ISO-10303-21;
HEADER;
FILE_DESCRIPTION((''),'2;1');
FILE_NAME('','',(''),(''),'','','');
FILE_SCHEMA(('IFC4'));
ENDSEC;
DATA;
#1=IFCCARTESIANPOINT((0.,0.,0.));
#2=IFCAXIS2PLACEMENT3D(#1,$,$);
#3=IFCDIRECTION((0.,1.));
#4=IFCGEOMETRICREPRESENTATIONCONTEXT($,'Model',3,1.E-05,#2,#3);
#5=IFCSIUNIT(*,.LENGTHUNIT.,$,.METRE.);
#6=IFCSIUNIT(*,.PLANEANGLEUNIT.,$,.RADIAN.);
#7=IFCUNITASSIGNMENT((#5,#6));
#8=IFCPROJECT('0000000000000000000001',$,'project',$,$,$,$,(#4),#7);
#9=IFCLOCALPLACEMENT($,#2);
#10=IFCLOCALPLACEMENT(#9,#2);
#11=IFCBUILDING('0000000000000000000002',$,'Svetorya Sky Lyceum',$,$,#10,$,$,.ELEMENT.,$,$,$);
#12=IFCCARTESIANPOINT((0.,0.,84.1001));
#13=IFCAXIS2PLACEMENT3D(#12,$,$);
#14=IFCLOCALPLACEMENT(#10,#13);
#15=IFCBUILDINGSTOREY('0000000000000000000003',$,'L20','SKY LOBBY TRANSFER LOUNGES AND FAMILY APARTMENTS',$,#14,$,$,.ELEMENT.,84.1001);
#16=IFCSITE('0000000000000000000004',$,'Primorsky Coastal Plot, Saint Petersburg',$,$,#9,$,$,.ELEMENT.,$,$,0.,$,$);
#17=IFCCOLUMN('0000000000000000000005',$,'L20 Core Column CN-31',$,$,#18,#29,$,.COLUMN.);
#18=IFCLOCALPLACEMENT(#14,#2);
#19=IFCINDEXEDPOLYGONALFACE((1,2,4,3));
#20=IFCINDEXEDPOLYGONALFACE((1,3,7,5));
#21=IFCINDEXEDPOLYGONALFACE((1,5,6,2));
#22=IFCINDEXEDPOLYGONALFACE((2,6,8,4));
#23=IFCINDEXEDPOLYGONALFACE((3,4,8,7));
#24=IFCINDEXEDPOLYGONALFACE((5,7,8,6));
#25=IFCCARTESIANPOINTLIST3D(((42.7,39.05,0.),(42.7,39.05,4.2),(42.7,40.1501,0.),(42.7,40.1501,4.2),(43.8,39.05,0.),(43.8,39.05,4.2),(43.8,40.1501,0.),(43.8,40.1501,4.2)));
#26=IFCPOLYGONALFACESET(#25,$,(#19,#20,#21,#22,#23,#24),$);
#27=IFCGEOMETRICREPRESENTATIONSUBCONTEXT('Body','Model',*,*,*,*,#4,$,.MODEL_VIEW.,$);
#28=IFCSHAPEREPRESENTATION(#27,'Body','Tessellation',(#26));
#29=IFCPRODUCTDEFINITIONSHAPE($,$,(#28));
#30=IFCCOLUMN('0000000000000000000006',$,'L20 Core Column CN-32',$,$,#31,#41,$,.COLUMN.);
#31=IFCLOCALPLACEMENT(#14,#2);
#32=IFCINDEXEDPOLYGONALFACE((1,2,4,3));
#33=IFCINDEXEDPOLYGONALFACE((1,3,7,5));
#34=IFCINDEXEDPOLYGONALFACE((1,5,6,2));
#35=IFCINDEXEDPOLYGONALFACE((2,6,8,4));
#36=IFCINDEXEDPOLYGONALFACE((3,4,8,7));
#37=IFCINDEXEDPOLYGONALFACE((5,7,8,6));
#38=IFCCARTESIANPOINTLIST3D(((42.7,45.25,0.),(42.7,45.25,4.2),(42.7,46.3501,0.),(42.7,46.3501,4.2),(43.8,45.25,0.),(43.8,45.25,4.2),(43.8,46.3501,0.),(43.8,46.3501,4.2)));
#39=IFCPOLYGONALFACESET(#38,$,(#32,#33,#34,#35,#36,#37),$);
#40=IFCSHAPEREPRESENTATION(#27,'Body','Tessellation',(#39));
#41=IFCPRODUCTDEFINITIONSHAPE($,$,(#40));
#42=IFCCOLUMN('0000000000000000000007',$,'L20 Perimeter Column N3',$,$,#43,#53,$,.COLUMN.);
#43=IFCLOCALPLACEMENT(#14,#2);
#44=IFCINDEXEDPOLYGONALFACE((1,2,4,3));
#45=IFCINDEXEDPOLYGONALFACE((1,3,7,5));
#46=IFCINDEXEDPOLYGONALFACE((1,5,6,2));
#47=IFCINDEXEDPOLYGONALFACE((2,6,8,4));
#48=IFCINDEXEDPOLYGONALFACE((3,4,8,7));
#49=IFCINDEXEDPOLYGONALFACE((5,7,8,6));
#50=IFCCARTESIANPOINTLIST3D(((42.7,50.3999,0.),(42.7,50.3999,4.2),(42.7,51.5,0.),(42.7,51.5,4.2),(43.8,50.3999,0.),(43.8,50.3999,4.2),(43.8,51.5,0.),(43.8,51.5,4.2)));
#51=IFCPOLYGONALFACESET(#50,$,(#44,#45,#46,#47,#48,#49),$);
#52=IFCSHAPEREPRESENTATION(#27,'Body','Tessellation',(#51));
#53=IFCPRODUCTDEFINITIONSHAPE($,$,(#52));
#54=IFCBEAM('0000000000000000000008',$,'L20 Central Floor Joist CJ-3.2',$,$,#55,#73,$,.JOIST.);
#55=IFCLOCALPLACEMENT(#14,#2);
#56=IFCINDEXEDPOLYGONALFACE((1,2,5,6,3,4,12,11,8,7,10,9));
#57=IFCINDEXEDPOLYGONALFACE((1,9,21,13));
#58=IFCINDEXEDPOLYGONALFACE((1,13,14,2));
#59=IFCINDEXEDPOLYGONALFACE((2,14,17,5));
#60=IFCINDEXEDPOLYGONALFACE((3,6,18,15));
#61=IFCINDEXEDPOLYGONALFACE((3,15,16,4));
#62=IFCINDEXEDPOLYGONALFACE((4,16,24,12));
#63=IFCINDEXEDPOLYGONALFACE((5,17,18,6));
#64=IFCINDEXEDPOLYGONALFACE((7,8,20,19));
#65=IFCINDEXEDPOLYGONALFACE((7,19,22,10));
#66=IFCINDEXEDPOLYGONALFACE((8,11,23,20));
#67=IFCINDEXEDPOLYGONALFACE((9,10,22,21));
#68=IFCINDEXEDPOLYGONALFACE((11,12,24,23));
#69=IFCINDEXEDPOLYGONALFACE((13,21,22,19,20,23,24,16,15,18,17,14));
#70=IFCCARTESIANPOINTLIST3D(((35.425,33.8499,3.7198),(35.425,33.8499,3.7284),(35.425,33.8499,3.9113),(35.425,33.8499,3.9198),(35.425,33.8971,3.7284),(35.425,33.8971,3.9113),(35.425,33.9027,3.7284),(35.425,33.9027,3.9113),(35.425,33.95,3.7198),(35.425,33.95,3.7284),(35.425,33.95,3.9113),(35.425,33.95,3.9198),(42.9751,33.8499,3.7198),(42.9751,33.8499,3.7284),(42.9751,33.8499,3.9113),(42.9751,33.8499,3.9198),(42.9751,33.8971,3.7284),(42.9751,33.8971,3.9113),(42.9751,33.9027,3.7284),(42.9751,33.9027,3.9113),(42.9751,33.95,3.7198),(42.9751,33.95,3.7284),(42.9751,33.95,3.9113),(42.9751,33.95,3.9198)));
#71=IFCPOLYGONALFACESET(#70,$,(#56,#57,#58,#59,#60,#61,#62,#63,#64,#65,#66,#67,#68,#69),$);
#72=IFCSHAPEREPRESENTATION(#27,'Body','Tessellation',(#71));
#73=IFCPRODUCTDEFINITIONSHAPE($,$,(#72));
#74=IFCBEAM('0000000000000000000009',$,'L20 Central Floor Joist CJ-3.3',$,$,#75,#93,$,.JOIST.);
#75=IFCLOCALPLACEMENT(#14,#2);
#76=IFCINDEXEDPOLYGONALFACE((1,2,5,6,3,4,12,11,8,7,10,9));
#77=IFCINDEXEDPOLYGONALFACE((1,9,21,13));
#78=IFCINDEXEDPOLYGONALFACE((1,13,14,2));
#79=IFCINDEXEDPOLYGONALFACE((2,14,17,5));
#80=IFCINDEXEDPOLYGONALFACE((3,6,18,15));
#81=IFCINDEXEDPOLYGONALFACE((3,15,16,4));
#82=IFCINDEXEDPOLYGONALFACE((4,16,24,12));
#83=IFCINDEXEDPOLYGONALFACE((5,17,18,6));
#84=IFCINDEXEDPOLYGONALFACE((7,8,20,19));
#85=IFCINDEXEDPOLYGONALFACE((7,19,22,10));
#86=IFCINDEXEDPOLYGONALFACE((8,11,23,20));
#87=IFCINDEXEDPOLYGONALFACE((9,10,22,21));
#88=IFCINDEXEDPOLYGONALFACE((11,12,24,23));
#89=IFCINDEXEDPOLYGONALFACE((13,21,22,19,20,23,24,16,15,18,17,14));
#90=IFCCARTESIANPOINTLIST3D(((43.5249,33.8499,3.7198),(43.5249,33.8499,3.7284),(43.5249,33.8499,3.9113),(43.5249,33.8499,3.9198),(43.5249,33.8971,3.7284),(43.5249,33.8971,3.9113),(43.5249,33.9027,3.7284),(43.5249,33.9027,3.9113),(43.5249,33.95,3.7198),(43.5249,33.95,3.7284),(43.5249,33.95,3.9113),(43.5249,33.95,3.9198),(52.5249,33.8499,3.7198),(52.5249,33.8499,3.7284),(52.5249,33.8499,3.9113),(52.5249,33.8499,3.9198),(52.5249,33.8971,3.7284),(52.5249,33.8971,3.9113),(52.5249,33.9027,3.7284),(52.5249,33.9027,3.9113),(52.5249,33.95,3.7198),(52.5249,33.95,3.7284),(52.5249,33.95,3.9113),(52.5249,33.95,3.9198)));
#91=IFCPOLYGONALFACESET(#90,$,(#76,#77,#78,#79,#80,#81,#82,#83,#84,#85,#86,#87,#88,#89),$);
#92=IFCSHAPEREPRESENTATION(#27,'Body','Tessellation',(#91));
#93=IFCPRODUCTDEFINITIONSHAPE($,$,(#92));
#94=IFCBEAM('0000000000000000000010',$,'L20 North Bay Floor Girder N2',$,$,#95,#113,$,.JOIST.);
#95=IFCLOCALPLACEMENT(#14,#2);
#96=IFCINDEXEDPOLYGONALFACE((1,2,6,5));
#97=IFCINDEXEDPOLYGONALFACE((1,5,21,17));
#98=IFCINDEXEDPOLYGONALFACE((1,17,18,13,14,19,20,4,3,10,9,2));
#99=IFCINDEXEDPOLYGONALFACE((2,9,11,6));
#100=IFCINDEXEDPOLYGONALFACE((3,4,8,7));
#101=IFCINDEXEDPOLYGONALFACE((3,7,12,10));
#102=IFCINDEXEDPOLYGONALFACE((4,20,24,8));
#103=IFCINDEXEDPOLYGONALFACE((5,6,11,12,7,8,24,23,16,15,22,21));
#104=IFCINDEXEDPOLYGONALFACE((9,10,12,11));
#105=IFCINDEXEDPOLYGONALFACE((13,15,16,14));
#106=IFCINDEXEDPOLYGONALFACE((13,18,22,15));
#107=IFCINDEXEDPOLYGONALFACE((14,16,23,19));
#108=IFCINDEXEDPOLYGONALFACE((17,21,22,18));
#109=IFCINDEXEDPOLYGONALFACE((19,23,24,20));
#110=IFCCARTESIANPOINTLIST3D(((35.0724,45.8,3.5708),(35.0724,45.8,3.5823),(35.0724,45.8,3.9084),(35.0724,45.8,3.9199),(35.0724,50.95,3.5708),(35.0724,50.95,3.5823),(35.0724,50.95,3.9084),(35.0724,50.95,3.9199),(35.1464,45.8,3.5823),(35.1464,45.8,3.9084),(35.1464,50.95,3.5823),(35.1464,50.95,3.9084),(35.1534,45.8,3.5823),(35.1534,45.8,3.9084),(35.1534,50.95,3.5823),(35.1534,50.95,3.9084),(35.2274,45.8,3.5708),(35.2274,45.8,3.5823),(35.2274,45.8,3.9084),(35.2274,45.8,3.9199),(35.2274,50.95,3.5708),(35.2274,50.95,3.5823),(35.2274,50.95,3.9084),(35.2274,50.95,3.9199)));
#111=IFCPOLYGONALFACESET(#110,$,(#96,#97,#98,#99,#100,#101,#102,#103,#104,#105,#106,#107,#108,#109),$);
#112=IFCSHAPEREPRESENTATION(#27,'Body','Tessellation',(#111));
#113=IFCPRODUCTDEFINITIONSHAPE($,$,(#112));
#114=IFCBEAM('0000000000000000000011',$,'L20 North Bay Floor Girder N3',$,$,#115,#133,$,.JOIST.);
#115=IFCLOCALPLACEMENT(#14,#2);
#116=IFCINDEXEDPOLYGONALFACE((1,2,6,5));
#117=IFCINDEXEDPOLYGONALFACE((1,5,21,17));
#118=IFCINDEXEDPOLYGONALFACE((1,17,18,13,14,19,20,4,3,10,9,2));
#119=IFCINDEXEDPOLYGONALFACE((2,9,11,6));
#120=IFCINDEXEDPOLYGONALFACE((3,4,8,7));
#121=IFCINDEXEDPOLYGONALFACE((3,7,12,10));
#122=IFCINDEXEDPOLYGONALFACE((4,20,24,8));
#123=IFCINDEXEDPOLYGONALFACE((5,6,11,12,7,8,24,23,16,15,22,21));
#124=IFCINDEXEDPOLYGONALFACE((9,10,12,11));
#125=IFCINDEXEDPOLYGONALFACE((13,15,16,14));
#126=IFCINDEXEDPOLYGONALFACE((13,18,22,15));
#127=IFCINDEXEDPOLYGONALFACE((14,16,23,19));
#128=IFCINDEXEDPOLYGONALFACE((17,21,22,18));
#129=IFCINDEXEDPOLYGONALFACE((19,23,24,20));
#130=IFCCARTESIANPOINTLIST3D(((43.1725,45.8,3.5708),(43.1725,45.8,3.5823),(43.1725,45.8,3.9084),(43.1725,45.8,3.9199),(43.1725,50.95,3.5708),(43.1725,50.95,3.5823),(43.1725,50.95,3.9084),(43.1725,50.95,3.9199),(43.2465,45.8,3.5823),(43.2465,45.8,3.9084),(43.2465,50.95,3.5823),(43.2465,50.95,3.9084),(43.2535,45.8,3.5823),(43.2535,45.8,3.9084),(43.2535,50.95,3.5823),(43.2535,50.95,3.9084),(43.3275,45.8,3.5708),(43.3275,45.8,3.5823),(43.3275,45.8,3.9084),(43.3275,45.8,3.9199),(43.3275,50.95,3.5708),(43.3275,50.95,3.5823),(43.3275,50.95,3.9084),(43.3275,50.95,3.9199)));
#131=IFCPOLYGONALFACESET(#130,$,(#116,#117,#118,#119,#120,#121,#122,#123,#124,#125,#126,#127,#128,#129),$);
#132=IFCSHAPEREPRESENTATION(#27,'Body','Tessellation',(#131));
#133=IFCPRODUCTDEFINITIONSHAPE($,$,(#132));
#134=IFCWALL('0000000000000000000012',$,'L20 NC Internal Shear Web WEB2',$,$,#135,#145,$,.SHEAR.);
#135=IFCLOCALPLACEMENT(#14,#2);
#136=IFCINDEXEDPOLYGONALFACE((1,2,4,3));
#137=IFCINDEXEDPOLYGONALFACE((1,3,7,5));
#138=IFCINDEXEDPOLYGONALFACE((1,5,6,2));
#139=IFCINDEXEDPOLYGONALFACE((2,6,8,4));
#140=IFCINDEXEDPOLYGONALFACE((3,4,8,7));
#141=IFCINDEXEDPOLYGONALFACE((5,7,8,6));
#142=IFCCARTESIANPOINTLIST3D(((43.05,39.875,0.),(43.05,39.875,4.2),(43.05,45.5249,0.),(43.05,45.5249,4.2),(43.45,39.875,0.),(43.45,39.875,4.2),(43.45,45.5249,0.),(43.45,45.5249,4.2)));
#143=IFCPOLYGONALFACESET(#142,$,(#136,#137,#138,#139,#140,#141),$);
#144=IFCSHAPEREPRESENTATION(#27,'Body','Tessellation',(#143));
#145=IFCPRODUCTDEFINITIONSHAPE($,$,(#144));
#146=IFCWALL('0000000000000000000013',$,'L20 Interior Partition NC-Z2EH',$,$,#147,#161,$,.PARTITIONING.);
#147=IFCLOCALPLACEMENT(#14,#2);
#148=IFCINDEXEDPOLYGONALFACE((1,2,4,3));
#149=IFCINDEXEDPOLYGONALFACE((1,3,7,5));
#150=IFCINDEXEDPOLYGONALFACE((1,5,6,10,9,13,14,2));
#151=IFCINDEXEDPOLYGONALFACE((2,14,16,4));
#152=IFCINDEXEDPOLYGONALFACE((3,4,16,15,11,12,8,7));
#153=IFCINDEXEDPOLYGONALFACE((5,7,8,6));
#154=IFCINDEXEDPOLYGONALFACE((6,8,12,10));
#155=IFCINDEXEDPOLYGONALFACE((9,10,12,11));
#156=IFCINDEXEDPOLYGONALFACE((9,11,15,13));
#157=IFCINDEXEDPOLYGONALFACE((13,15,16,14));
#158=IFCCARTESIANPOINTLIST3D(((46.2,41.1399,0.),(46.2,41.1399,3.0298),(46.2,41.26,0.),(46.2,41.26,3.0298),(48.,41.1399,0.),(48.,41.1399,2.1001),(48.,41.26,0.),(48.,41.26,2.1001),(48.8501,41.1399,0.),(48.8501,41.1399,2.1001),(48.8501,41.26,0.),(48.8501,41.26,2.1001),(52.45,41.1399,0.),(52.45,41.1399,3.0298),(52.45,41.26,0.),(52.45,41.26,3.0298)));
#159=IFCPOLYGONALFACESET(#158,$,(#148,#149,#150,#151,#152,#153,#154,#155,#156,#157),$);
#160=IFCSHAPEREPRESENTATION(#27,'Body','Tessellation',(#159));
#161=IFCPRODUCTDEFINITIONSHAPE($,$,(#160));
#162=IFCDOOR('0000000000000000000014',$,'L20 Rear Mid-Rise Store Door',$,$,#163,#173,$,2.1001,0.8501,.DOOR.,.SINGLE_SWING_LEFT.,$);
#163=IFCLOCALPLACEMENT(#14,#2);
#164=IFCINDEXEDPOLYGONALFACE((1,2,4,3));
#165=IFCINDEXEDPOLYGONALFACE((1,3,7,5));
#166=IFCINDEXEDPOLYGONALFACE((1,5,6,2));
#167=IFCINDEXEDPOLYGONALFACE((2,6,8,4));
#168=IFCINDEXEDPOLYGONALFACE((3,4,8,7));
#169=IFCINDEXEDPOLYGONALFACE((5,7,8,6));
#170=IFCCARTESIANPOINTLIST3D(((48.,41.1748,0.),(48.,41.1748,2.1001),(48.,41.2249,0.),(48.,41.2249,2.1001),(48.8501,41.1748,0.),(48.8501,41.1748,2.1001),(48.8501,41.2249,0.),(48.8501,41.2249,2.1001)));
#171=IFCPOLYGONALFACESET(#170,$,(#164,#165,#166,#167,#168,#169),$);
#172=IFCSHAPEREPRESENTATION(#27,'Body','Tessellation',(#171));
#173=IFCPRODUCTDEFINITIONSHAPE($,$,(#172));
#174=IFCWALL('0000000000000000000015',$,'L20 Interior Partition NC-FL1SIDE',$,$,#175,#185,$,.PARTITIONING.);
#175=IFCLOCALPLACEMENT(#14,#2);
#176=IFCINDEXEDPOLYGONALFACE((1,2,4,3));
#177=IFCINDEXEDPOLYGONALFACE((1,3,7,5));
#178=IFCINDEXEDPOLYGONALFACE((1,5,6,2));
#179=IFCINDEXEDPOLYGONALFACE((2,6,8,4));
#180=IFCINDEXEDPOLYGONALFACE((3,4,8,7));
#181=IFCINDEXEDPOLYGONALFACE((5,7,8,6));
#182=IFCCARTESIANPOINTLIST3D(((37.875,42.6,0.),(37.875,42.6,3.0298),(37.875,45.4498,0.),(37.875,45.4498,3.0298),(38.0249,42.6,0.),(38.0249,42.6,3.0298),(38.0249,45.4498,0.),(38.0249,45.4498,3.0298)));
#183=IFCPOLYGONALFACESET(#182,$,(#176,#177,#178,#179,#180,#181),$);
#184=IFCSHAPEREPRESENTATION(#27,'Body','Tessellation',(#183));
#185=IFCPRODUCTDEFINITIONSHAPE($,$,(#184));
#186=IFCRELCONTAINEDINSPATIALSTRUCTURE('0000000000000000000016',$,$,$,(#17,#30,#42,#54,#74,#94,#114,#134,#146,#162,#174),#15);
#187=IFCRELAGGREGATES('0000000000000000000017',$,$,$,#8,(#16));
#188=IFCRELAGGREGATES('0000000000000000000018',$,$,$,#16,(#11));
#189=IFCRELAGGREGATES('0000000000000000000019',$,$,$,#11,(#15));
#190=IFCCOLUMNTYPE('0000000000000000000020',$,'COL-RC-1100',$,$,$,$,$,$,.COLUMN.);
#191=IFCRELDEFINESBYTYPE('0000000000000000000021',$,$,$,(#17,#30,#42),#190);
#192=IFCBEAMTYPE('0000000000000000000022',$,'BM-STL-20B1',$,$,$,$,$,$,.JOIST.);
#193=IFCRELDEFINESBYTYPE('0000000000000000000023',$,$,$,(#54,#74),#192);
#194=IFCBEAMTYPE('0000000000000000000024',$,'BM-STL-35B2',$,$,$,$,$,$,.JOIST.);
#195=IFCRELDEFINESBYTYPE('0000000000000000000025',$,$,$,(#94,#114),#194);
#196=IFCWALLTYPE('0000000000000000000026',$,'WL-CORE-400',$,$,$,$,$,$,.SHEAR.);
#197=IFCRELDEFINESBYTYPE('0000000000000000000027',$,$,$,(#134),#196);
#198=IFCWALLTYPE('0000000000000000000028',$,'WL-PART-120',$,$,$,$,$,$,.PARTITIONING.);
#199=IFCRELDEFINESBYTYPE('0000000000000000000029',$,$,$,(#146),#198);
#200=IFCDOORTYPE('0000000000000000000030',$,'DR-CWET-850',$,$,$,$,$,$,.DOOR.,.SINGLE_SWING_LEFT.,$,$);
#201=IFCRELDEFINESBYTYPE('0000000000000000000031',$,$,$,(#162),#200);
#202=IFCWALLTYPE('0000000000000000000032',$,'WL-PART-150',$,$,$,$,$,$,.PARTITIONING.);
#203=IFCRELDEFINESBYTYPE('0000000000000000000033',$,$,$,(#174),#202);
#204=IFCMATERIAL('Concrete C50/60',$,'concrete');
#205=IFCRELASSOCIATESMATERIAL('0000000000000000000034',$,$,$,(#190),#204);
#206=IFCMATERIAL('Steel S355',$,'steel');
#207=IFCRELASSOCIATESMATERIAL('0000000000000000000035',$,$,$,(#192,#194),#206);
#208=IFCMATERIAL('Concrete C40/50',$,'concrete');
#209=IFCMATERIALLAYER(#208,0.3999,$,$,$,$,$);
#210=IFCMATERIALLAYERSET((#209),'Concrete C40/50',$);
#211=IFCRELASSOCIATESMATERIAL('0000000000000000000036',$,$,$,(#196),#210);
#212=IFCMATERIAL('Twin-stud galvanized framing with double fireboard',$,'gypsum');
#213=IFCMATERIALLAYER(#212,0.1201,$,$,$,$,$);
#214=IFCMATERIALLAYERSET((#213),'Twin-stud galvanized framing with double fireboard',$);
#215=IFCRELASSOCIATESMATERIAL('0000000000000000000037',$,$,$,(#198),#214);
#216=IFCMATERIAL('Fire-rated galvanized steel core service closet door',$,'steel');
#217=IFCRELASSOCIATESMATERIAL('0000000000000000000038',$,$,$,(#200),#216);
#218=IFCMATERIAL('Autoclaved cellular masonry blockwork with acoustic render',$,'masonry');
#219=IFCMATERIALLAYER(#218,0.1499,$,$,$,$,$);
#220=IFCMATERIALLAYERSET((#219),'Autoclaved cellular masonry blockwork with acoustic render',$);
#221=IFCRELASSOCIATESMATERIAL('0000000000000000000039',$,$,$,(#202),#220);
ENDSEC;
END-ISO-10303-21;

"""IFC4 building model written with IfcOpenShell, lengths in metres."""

from ifc_helpers import new_model, si_unit, direction, frame, frame_2d, origin, origin_2d, place, context, subcontext, project, spatial, rectangle, i_section, extrude, material, layer, layer_set, material_profile, profile_set, type_object, element, fill, save


model = new_model("IFC4")

# Units and contexts
model_context = context("Model", 3, precision=1e-05, world=origin(), true_north=direction((0.0, 1.0)))
body_context = subcontext(model_context, "Body", "Model", "MODEL_VIEW")
ifc_project = project(units=[si_unit("LENGTHUNIT", "METRE"), si_unit("PLANEANGLEUNIT", "RADIAN")], contexts=[model_context])

# Site, building, storey
site_placement = place(None, origin())
site = spatial("IfcSite", under=ifc_project, at=site_placement, Name="Primorsky Coastal Plot, Saint Petersburg", CompositionType="ELEMENT", RefElevation=0.0)
building_placement = place(site_placement, origin())
building = spatial("IfcBuilding", under=site, at=building_placement, Name="Svetorya Sky Lyceum", CompositionType="ELEMENT")
storey_placement = place(building_placement, frame((0.0, 0.0, 84.1001)))
storey = spatial("IfcBuildingStorey", under=building, at=storey_placement, Name="L20", Description="SKY LOBBY TRANSFER LOUNGES AND FAMILY APARTMENTS", CompositionType="ELEMENT", Elevation=84.1001)

# Columns
ifc_material_1 = material(Name="Concrete C50/60", Category="concrete")
ifc_material_profile_1 = material_profile(ifc_material_1, rectangle(XDim=1.1001, YDim=1.1001, at=origin_2d()), Name="RC COL 1100x1100")
ifc_profile_set_1 = profile_set([ifc_material_profile_1], Name="Concrete C50/60")
column_type = type_object("IfcColumnType", Name="COL-RC-1100", PredefinedType="COLUMN", material=ifc_profile_set_1)
for number, where, z_axis, x_axis, name in (
    (1, (43.25, 39.6001, 0.0), (0.0, 0.0, 1.0), (1.0, 0.0, 0.0), "L20 Core Column CN-31"),
    (2, (43.25, 45.8, 0.0), (0.0, 0.0, 1.0), (1.0, 0.0, 0.0), "L20 Core Column CN-32"),
    (3, (43.25, 50.95, 0.0), (0.0, 0.0, 1.0), (1.0, 0.0, 0.0), "L20 Perimeter Column N3"),
):
    element("IfcColumn", number, at=place(storey_placement, frame(where, z_axis=z_axis, x_axis=x_axis)), inside=storey, type_object=column_type, Name=name, PredefinedType="COLUMN", context=body_context, shape_type="SweptSolid", body=[
        extrude(rectangle(XDim=1.1001, YDim=1.1001, at=origin_2d()), origin(), (0.0, 0.0, 1.0), 4.2),
    ])

# Beams
ifc_material_2 = material(Name="Steel S355", Category="steel")
ifc_material_profile_2 = material_profile(ifc_material_2, i_section(OverallWidth=0.1001, OverallDepth=0.2, WebThickness=0.0056, FlangeThickness=0.0085, at=origin_2d()), Name="GOST 20B1")
ifc_profile_set_2 = profile_set([ifc_material_profile_2], Name="Steel S355")
beam_type_1 = type_object("IfcBeamType", Name="BM-STL-20B1", PredefinedType="JOIST", material=ifc_profile_set_2)
beam_1_placement = place(storey_placement, frame((35.425, 33.8999, 3.8198), z_axis=(1.0, 0.0, 0.0), x_axis=(0.0, 1.0, 0.0)))
element("IfcBeam", 4, at=beam_1_placement, inside=storey, type_object=beam_type_1, Name="L20 Central Floor Joist CJ-3.2", PredefinedType="JOIST", context=body_context, shape_type="SweptSolid", body=[
    extrude(i_section(OverallWidth=0.1001, OverallDepth=0.2, WebThickness=0.0056, FlangeThickness=0.0085, at=origin_2d()), origin(), (0.0, 0.0, 1.0), 7.55),
])
beam_2_placement = place(storey_placement, frame((43.5249, 33.8999, 3.8198), z_axis=(1.0, 0.0, 0.0), x_axis=(0.0, 1.0, 0.0)))
element("IfcBeam", 5, at=beam_2_placement, inside=storey, type_object=beam_type_1, Name="L20 Central Floor Joist CJ-3.3", PredefinedType="JOIST", context=body_context, shape_type="SweptSolid", body=[
    extrude(i_section(OverallWidth=0.1001, OverallDepth=0.2, WebThickness=0.0056, FlangeThickness=0.0085, at=origin_2d()), origin(), (0.0, 0.0, 1.0), 9.0),
])
ifc_material_profile_3 = material_profile(ifc_material_2, i_section(OverallWidth=0.155, OverallDepth=0.3491, WebThickness=0.0071, FlangeThickness=0.0115, at=origin_2d()), Name="GOST 35B2")
ifc_profile_set_3 = profile_set([ifc_material_profile_3], Name="Steel S355")
beam_type_2 = type_object("IfcBeamType", Name="BM-STL-35B2", PredefinedType="JOIST", material=ifc_profile_set_3)
for number, where, z_axis, x_axis, name in (
    (6, (35.1499, 45.8, 3.7454), (0.0, 1.0, 0.0), (-1.0, 0.0, 0.0), "L20 North Bay Floor Girder N2"),
    (7, (43.25, 45.8, 3.7454), (0.0, 1.0, 0.0), (-1.0, 0.0, 0.0), "L20 North Bay Floor Girder N3"),
):
    element("IfcBeam", number, at=place(storey_placement, frame(where, z_axis=z_axis, x_axis=x_axis)), inside=storey, type_object=beam_type_2, Name=name, PredefinedType="JOIST", context=body_context, shape_type="SweptSolid", body=[
        extrude(i_section(OverallWidth=0.155, OverallDepth=0.3491, WebThickness=0.0071, FlangeThickness=0.0115, at=origin_2d()), origin(), (0.0, 0.0, 1.0), 5.1499),
    ])

# Wall
ifc_material_3 = material(Name="Concrete C40/50", Category="concrete")
ifc_layer_1 = layer(ifc_material_3, 0.3999)
ifc_layer_set_1 = layer_set([ifc_layer_1], Name="Concrete C40/50")
wall_type_1 = type_object("IfcWallType", Name="WL-CORE-400", PredefinedType="SHEAR", material=ifc_layer_set_1)
wall_1_placement = place(storey_placement, frame((43.25, 39.875, 0.0), z_axis=(0.0, 0.0, 1.0), x_axis=(0.0, 1.0, 0.0)))
element("IfcWall", 8, at=wall_1_placement, inside=storey, type_object=wall_type_1, Name="L20 NC Internal Shear Web WEB2", PredefinedType="SHEAR", context=body_context, shape_type="SweptSolid", body=[
    extrude(rectangle(XDim=5.6499, YDim=0.3999, at=frame_2d((2.825, 0.0))), origin(), (0.0, 0.0, 1.0), 4.2),
])

# Wall, opening, door
ifc_material_4 = material(Name="Twin-stud galvanized framing with double fireboard", Category="gypsum")
ifc_layer_2 = layer(ifc_material_4, 0.1201)
ifc_layer_set_2 = layer_set([ifc_layer_2], Name="Twin-stud galvanized framing with double fireboard")
wall_type_2 = type_object("IfcWallType", Name="WL-PART-120", PredefinedType="PARTITIONING", material=ifc_layer_set_2)
wall_2_placement = place(storey_placement, frame((46.2, 41.2, 0.0), z_axis=(0.0, 0.0, 1.0), x_axis=(1.0, 0.0, 0.0)))
wall_2 = element("IfcWall", 9, at=wall_2_placement, inside=storey, type_object=wall_type_2, Name="L20 Interior Partition NC-Z2EH", PredefinedType="PARTITIONING", context=body_context, shape_type="SweptSolid", body=[
    extrude(rectangle(XDim=6.25, YDim=0.1201, at=frame_2d((3.125, 0.0))), origin(), (0.0, 0.0, 1.0), 3.0298),
])
opening_1_placement = place(wall_2_placement, frame((1.8, 0.0, 0.0)))
opening_1 = element("IfcOpeningElement", 10, at=opening_1_placement, cuts=wall_2, PredefinedType="OPENING", context=body_context, shape_type="SweptSolid", body=[
    extrude(rectangle(XDim=0.8501, YDim=2.1001, at=frame_2d((0.425, 1.05))), frame((0.0, 0.0701, 0.0), z_axis=(0.0, -1.0, 0.0), x_axis=(1.0, 0.0, 0.0)), (0.0, 0.0, 1.0), 0.1401),
])
ifc_material_5 = material(Name="Fire-rated galvanized steel core service closet door", Category="steel")
door_type_1 = type_object("IfcDoorType", Name="DR-CWET-850", OperationType="SINGLE_SWING_LEFT", PredefinedType="DOOR", material=ifc_material_5)
door_1_placement = place(opening_1_placement, origin())
door_1 = element("IfcDoor", 11, at=door_1_placement, inside=storey, type_object=door_type_1, Name="L20 Rear Mid-Rise Store Door", OperationType="SINGLE_SWING_LEFT", OverallHeight=2.1001, OverallWidth=0.8501, PredefinedType="DOOR", context=body_context, shape_type="SweptSolid", body=[
    extrude(rectangle(XDim=0.8501, YDim=2.1001, at=frame_2d((0.425, 1.05))), frame((0.0, 0.0249, 0.0), z_axis=(0.0, -1.0, 0.0), x_axis=(1.0, 0.0, 0.0)), (0.0, 0.0, 1.0), 0.05),
])
fill(opening_1, door_1)

# Wall
ifc_material_6 = material(Name="Autoclaved cellular masonry blockwork with acoustic render", Category="masonry")
ifc_layer_3 = layer(ifc_material_6, 0.1499)
ifc_layer_set_3 = layer_set([ifc_layer_3], Name="Autoclaved cellular masonry blockwork with acoustic render")
wall_type_3 = type_object("IfcWallType", Name="WL-PART-150", PredefinedType="PARTITIONING", material=ifc_layer_set_3)
wall_3_placement = place(storey_placement, frame((37.95, 42.6001, 0.0), z_axis=(0.0, 0.0, 1.0), x_axis=(0.0, 1.0, 0.0)))
element("IfcWall", 12, at=wall_3_placement, inside=storey, type_object=wall_type_3, Name="L20 Interior Partition NC-FL1SIDE", PredefinedType="PARTITIONING", context=body_context, shape_type="SweptSolid", body=[
    extrude(rectangle(XDim=2.8499, YDim=0.1499, at=frame_2d((1.4248, 0.0))), origin(), (0.0, 0.0, 1.0), 3.0298),
])

save(model, "model.ifc")
